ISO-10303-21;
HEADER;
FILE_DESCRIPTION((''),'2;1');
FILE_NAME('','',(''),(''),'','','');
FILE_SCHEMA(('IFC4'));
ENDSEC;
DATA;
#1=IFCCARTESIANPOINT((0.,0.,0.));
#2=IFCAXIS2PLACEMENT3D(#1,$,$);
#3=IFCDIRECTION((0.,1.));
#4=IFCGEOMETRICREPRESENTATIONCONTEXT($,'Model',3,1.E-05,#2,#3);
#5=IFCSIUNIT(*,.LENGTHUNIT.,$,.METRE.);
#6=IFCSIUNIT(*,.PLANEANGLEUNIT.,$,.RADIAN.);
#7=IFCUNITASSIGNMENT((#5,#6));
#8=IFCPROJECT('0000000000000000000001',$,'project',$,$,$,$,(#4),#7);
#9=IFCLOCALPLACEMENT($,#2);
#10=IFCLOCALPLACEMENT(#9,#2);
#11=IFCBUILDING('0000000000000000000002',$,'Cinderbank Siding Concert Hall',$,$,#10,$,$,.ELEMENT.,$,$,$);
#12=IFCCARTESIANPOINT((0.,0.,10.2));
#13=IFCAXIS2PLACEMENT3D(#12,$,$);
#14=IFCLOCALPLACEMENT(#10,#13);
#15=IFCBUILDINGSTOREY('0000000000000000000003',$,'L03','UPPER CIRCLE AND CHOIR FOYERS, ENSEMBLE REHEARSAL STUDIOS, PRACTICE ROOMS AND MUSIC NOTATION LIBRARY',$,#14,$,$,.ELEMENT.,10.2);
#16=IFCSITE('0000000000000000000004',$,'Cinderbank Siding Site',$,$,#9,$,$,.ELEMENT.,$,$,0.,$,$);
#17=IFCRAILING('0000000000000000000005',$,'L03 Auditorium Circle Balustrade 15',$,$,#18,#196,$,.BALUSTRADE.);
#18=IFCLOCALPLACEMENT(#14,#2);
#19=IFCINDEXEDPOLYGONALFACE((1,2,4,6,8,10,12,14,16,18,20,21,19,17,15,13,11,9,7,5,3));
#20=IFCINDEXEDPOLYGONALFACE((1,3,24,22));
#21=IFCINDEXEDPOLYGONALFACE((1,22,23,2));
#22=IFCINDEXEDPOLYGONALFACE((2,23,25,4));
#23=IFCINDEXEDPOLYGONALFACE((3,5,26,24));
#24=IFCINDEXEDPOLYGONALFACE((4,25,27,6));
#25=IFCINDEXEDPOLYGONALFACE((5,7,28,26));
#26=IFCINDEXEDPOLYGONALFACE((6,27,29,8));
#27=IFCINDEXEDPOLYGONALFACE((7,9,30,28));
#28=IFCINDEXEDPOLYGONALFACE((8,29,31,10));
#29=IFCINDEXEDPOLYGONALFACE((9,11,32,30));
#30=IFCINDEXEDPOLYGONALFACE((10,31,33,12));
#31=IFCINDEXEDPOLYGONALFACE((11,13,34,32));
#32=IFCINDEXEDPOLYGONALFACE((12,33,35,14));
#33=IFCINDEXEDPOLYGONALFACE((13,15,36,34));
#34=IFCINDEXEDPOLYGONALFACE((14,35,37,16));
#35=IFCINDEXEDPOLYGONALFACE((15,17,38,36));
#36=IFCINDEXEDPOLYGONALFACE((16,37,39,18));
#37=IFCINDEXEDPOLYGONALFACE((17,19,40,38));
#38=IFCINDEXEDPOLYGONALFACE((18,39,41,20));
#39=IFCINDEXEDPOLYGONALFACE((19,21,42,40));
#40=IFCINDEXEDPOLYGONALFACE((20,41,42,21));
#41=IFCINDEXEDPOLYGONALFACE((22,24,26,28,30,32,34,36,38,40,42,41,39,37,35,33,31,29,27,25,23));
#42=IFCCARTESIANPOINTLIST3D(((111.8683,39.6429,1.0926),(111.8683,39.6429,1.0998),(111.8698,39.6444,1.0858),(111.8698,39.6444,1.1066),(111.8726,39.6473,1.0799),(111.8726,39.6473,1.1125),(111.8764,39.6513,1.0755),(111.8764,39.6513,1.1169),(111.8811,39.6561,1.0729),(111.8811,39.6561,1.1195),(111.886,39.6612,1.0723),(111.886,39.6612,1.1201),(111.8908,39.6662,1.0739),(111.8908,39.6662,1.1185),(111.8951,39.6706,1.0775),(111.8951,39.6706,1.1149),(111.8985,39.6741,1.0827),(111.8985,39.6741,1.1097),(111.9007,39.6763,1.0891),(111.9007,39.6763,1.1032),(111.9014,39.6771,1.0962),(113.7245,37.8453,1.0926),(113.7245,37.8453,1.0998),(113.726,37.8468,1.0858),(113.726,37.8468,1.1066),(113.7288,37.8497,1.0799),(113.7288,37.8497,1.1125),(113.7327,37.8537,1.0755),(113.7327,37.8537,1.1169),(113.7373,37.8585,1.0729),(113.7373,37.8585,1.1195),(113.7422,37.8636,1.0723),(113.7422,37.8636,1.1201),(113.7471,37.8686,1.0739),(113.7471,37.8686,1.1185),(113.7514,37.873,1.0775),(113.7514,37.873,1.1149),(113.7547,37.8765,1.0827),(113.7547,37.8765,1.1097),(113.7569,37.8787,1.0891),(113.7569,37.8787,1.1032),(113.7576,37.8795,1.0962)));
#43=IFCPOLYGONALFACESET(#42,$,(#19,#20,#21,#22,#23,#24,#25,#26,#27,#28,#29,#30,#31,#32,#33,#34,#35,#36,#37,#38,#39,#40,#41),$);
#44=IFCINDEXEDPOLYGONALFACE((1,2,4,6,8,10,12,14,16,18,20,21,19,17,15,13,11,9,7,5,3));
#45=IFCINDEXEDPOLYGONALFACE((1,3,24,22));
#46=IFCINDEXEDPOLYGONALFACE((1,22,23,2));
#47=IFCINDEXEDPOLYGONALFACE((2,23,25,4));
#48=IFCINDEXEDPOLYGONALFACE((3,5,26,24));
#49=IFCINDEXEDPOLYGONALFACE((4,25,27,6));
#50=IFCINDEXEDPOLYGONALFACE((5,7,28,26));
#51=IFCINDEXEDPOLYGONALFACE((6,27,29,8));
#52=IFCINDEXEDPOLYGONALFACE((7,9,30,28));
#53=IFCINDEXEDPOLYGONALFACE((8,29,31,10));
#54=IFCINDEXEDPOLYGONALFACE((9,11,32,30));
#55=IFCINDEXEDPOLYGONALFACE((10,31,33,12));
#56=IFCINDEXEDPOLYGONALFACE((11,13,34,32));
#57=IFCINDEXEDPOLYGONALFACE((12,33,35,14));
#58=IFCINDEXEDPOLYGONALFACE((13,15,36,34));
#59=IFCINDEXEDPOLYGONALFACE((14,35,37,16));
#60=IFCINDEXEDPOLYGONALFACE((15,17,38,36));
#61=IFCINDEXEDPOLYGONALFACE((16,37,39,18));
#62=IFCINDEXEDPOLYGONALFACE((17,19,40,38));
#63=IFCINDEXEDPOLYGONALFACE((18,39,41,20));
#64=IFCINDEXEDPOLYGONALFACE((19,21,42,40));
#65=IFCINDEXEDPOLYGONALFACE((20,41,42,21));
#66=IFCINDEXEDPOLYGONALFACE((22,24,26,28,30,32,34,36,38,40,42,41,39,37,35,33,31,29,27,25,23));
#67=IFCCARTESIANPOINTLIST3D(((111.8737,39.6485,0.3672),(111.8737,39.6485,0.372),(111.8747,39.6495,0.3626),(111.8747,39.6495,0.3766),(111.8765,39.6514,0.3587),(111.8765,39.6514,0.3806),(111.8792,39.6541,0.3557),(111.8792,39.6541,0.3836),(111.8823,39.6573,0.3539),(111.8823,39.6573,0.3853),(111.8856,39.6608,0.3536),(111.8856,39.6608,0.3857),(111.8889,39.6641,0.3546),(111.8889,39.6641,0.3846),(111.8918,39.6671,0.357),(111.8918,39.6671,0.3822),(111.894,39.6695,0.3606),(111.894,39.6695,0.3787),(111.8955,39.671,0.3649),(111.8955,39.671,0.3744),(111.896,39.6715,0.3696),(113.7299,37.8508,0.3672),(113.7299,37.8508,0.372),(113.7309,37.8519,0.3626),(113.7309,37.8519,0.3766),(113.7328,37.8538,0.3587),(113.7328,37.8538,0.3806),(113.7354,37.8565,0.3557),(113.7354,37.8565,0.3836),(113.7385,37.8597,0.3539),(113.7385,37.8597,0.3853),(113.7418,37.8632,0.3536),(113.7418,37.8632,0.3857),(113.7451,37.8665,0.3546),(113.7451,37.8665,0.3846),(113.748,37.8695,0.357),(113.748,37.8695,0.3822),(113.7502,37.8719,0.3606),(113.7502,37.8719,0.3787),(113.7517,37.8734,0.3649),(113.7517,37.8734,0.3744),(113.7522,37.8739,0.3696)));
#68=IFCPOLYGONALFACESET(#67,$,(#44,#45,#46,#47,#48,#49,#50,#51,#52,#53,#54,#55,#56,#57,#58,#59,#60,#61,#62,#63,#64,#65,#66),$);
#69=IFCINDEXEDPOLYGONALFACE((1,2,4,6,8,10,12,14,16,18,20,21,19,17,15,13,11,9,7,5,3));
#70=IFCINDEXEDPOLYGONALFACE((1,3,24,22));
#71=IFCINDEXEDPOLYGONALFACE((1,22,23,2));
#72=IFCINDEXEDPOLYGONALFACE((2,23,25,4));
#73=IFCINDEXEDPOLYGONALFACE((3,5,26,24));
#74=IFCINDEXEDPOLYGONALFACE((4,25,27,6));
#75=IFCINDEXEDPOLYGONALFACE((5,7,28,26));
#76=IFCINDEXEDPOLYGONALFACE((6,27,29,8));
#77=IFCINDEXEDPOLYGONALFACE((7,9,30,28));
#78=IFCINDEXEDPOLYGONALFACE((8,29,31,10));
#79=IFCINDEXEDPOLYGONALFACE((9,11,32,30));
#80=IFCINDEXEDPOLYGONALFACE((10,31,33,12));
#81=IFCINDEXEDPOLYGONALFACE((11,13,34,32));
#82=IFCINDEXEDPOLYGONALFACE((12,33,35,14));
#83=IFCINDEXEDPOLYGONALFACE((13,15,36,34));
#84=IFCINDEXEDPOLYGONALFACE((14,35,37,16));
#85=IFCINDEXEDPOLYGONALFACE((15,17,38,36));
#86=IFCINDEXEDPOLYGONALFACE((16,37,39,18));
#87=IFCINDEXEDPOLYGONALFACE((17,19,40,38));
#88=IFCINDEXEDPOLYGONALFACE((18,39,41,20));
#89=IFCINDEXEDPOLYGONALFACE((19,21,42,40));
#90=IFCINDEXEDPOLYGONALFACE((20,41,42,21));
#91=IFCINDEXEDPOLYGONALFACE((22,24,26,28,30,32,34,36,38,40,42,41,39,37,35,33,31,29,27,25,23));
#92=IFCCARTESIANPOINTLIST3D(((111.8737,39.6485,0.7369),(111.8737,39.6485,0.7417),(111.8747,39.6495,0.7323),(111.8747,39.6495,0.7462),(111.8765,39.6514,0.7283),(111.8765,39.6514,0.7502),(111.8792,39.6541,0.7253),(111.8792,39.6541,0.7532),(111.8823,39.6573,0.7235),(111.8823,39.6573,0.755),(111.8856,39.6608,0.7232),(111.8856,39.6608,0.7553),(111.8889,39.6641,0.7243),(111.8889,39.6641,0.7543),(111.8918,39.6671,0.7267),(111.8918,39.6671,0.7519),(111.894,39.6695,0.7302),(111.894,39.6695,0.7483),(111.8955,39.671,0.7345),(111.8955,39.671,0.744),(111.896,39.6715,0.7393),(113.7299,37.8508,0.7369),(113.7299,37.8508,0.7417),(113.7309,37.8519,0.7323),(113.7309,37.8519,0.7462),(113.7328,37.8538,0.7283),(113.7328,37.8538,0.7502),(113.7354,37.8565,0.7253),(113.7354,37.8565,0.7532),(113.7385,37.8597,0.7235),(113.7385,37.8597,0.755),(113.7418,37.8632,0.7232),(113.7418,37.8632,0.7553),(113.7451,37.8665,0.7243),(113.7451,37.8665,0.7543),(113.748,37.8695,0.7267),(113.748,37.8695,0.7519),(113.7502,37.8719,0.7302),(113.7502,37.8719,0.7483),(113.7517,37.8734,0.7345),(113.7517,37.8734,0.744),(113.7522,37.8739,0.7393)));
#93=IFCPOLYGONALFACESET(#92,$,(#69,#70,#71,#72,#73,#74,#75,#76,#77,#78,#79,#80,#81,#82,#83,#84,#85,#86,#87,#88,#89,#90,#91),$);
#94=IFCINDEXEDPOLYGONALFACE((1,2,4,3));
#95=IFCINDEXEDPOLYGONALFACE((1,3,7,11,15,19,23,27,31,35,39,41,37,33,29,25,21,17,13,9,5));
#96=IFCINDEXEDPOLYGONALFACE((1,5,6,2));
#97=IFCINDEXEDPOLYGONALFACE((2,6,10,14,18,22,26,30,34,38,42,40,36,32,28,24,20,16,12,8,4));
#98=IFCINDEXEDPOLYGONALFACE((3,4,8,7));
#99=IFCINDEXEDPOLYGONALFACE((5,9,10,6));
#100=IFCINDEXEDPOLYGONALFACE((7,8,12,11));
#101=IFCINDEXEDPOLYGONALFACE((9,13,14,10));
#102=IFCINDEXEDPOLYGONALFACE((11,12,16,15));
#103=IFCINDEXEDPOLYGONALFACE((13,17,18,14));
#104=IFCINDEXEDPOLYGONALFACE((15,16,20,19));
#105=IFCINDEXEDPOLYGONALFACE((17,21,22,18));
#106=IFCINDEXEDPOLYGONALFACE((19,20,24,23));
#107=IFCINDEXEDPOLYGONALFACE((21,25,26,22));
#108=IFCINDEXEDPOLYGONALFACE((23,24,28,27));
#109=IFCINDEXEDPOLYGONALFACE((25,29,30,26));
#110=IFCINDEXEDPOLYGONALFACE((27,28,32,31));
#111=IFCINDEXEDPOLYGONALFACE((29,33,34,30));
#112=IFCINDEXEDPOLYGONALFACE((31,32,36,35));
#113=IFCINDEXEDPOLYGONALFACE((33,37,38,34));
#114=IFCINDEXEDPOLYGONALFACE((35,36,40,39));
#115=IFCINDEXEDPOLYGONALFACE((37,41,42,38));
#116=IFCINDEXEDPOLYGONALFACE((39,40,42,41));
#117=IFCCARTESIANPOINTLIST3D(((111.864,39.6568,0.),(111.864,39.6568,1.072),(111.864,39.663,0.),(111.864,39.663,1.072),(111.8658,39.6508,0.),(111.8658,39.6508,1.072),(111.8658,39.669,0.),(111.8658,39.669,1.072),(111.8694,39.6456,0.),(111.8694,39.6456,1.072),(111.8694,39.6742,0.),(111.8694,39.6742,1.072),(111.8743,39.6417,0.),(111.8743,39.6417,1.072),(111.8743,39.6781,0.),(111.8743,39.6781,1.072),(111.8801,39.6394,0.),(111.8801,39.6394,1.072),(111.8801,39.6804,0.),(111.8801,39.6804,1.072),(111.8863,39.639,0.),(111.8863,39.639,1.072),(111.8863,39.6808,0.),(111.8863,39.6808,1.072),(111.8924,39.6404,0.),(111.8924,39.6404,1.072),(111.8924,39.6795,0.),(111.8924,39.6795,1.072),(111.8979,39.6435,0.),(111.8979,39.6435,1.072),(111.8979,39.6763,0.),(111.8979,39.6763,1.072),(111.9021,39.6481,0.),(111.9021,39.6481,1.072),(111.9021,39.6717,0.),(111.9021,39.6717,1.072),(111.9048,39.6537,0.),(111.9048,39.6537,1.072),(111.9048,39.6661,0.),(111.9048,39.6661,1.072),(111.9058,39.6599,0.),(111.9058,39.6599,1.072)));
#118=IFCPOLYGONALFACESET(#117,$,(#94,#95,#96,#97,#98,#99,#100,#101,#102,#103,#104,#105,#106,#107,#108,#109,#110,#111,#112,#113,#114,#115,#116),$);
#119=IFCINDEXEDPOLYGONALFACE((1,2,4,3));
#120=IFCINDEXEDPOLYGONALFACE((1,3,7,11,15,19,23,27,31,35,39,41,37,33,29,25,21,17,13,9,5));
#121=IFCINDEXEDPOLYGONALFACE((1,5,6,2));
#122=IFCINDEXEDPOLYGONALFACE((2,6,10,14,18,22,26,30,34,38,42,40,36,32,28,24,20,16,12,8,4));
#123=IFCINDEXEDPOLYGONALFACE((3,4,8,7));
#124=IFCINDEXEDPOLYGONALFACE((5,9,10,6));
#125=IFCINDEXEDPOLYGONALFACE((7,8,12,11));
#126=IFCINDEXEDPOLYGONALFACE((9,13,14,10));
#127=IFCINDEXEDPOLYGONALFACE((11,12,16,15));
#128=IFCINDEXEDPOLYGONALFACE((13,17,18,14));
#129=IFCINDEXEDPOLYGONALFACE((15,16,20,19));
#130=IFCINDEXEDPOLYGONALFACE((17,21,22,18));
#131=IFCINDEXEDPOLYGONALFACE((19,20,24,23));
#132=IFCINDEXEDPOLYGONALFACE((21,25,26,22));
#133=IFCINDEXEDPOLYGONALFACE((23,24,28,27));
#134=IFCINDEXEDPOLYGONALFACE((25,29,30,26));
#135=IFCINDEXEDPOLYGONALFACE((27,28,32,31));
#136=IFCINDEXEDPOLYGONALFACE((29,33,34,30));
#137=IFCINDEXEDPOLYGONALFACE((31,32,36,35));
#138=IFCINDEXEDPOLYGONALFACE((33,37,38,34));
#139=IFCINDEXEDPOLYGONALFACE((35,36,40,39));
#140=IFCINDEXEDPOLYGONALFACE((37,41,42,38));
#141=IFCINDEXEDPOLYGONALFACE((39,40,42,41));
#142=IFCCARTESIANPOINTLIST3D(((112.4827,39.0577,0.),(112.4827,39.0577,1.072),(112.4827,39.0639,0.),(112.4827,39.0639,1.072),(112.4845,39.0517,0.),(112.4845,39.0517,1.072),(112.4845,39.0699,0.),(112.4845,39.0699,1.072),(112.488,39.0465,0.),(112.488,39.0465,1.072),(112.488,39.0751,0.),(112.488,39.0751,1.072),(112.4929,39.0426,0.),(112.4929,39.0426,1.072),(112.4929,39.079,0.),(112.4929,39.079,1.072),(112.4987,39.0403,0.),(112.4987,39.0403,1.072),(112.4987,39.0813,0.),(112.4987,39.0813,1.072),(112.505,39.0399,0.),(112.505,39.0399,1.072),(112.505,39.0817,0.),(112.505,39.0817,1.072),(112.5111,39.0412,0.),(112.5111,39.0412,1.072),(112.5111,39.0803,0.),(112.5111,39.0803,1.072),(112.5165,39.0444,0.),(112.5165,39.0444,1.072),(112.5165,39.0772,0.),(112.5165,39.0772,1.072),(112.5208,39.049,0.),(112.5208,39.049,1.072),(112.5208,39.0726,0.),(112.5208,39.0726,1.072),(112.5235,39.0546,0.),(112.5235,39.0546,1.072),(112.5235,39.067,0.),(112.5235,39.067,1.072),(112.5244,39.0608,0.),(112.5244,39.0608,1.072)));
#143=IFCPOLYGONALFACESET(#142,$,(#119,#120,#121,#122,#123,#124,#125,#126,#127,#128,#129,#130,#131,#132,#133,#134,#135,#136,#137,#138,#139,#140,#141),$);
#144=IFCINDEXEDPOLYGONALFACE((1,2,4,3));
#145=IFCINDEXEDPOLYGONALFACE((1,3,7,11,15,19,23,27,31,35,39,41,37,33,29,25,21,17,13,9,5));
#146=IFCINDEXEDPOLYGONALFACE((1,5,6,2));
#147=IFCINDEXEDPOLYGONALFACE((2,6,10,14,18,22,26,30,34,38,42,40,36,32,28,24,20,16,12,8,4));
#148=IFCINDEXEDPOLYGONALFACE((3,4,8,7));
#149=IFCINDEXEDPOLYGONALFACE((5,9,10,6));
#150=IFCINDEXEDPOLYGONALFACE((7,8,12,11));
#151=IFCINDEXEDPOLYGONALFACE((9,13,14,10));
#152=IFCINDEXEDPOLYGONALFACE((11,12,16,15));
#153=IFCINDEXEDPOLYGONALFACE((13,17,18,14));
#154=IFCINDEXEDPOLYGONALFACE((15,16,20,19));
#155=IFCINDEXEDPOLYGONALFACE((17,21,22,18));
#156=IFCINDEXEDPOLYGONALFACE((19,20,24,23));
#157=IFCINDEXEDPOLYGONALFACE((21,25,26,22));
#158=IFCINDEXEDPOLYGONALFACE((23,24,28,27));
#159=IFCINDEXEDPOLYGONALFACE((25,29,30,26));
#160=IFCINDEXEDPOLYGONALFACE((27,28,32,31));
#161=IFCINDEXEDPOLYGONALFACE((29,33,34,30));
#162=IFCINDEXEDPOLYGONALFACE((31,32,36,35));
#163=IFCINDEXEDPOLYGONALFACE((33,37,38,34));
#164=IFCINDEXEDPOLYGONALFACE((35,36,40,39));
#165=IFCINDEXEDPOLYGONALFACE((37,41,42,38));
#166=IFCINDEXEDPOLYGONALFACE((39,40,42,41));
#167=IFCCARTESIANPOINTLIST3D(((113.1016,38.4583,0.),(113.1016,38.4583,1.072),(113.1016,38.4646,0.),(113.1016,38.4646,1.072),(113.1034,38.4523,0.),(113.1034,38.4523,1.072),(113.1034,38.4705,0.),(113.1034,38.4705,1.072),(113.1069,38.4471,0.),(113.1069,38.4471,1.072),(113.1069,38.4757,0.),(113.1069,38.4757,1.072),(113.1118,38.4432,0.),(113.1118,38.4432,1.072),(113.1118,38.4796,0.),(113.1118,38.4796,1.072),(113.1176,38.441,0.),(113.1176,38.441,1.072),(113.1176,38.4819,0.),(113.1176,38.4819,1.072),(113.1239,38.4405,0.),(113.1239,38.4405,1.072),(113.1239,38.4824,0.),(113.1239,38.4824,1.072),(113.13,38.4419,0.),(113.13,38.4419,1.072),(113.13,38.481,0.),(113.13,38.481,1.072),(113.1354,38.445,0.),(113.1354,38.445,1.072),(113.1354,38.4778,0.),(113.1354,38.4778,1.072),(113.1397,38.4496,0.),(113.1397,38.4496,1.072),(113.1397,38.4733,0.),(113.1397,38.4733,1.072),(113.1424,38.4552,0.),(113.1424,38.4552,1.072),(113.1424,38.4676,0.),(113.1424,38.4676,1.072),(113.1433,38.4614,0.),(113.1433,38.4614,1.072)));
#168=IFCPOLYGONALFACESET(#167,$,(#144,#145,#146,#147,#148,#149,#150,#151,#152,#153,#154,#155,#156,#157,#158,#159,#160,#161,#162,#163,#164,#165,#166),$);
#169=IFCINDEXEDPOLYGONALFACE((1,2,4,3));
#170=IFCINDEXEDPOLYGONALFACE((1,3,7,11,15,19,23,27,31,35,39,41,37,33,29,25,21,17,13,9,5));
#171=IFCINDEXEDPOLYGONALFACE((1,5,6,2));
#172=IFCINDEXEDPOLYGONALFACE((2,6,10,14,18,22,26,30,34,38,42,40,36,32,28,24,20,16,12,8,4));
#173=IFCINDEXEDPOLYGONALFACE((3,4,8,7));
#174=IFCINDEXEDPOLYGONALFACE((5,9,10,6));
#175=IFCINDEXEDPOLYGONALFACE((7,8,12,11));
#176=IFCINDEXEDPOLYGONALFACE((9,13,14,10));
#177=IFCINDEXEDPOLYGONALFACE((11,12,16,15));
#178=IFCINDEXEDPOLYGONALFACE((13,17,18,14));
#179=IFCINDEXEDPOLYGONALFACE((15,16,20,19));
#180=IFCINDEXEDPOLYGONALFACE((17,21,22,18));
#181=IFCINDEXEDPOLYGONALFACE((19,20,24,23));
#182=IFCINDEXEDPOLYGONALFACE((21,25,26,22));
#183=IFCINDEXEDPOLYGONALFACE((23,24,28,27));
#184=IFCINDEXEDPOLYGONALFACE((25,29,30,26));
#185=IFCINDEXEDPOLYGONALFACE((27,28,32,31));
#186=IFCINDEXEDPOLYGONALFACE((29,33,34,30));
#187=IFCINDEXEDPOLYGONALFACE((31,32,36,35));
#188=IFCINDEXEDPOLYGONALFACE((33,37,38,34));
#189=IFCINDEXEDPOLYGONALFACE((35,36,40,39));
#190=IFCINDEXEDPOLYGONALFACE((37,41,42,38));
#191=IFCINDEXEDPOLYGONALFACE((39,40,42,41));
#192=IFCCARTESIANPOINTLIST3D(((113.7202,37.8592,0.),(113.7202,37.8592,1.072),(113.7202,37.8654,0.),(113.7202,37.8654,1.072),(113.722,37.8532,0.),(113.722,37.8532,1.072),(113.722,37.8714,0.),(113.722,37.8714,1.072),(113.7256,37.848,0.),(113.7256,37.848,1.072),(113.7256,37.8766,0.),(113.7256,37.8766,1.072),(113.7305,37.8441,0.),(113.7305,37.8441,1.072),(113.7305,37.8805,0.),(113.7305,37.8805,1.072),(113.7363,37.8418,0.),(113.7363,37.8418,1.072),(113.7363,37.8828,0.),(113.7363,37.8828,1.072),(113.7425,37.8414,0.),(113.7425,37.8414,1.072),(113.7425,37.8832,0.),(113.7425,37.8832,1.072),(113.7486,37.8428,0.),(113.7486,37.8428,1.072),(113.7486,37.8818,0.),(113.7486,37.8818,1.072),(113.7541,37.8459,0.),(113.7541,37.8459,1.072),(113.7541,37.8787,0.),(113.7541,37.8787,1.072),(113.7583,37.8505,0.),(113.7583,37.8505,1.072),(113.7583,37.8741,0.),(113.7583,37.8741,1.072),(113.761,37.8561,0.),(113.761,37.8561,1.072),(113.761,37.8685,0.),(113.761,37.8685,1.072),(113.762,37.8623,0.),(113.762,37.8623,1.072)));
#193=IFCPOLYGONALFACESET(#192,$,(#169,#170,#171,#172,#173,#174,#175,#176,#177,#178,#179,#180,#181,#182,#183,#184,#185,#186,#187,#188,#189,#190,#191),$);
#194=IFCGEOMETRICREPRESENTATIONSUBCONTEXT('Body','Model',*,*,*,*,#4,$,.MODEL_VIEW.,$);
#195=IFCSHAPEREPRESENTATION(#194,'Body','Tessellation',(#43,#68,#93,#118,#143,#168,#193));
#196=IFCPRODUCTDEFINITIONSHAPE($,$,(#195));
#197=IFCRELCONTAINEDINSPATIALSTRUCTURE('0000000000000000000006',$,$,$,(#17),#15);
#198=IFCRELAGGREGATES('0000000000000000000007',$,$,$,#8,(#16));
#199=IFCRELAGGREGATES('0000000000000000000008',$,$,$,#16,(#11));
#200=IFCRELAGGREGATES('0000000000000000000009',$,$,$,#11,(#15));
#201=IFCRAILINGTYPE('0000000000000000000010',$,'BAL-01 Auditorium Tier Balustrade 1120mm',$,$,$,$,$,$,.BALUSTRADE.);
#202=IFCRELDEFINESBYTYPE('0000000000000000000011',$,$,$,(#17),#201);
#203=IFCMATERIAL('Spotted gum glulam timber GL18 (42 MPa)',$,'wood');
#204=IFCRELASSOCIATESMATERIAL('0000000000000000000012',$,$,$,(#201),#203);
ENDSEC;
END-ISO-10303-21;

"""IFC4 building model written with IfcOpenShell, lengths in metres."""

from ifc_helpers import new_model, si_unit, direction, frame, origin, origin_2d, place, context, subcontext, project, spatial, circle, extrude, material, type_object, element, save


model = new_model("IFC4")

# Units and contexts
model_context = context("Model", 3, precision=1e-05, world=origin(), true_north=direction((0.0, 1.0)))
body_context = subcontext(model_context, "Body", "Model", "MODEL_VIEW")
ifc_project = project(units=[si_unit("LENGTHUNIT", "METRE"), si_unit("PLANEANGLEUNIT", "RADIAN")], contexts=[model_context])

# Site, building, storey
site_placement = place(None, origin())
site = spatial("IfcSite", under=ifc_project, at=site_placement, Name="Cinderbank Siding Site", CompositionType="ELEMENT", RefElevation=0.0)
building_placement = place(site_placement, origin())
building = spatial("IfcBuilding", under=site, at=building_placement, Name="Cinderbank Siding Concert Hall", CompositionType="ELEMENT")
storey_placement = place(building_placement, frame((0.0, 0.0, 10.2)))
storey = spatial("IfcBuildingStorey", under=building, at=storey_placement, Name="L03", Description="UPPER CIRCLE AND CHOIR FOYERS, ENSEMBLE REHEARSAL STUDIOS, PRACTICE ROOMS AND MUSIC NOTATION LIBRARY", CompositionType="ELEMENT", Elevation=10.2)

# Shared definitions
ifc_material_1 = material(Name="Spotted gum glulam timber GL18 (42 MPa)", Category="wood")

# Railing
railing_type = type_object("IfcRailingType", Name="BAL-01 Auditorium Tier Balustrade 1120mm", PredefinedType="BALUSTRADE", material=ifc_material_1)
railing_1_placement = place(storey_placement, frame((111.8848, 39.6599, 0.0)))
element("IfcRailing", 1, at=railing_1_placement, inside=storey, type_object=railing_type, Name="L03 Auditorium Circle Balustrade 15", PredefinedType="BALUSTRADE", context=body_context, shape_type="SweptSolid", body=[
    extrude(circle(Radius=0.0239, at=origin_2d()), frame((0.0, 0.0, 1.0962), z_axis=(0.718354, -0.695678, 0.0), x_axis=(0.695678, 0.718354, 0.0)), (0.0, 0.0, 1.0), 2.584),
    extrude(circle(Radius=0.0161, at=origin_2d()), frame((0.0, 0.0, 0.3696), z_axis=(0.718354, -0.695678, 0.0), x_axis=(0.695678, 0.718354, 0.0)), (0.0, 0.0, 1.0), 2.584),
    extrude(circle(Radius=0.0161, at=origin_2d()), frame((0.0, 0.0, 0.7393), z_axis=(0.718354, -0.695678, 0.0), x_axis=(0.695678, 0.718354, 0.0)), (0.0, 0.0, 1.0), 2.584),
    extrude(circle(Radius=0.021, at=origin_2d()), origin(), (0.0, 0.0, 1.0), 1.072),
    extrude(circle(Radius=0.021, at=origin_2d()), frame((0.6187, -0.5991, 0.0)), (0.0, 0.0, 1.0), 1.072),
    extrude(circle(Radius=0.021, at=origin_2d()), frame((1.2375, -1.1985, 0.0)), (0.0, 0.0, 1.0), 1.072),
    extrude(circle(Radius=0.021, at=origin_2d()), frame((1.8562, -1.7976, 0.0)), (0.0, 0.0, 1.0), 1.072),
])

save(model, "model.ifc")
